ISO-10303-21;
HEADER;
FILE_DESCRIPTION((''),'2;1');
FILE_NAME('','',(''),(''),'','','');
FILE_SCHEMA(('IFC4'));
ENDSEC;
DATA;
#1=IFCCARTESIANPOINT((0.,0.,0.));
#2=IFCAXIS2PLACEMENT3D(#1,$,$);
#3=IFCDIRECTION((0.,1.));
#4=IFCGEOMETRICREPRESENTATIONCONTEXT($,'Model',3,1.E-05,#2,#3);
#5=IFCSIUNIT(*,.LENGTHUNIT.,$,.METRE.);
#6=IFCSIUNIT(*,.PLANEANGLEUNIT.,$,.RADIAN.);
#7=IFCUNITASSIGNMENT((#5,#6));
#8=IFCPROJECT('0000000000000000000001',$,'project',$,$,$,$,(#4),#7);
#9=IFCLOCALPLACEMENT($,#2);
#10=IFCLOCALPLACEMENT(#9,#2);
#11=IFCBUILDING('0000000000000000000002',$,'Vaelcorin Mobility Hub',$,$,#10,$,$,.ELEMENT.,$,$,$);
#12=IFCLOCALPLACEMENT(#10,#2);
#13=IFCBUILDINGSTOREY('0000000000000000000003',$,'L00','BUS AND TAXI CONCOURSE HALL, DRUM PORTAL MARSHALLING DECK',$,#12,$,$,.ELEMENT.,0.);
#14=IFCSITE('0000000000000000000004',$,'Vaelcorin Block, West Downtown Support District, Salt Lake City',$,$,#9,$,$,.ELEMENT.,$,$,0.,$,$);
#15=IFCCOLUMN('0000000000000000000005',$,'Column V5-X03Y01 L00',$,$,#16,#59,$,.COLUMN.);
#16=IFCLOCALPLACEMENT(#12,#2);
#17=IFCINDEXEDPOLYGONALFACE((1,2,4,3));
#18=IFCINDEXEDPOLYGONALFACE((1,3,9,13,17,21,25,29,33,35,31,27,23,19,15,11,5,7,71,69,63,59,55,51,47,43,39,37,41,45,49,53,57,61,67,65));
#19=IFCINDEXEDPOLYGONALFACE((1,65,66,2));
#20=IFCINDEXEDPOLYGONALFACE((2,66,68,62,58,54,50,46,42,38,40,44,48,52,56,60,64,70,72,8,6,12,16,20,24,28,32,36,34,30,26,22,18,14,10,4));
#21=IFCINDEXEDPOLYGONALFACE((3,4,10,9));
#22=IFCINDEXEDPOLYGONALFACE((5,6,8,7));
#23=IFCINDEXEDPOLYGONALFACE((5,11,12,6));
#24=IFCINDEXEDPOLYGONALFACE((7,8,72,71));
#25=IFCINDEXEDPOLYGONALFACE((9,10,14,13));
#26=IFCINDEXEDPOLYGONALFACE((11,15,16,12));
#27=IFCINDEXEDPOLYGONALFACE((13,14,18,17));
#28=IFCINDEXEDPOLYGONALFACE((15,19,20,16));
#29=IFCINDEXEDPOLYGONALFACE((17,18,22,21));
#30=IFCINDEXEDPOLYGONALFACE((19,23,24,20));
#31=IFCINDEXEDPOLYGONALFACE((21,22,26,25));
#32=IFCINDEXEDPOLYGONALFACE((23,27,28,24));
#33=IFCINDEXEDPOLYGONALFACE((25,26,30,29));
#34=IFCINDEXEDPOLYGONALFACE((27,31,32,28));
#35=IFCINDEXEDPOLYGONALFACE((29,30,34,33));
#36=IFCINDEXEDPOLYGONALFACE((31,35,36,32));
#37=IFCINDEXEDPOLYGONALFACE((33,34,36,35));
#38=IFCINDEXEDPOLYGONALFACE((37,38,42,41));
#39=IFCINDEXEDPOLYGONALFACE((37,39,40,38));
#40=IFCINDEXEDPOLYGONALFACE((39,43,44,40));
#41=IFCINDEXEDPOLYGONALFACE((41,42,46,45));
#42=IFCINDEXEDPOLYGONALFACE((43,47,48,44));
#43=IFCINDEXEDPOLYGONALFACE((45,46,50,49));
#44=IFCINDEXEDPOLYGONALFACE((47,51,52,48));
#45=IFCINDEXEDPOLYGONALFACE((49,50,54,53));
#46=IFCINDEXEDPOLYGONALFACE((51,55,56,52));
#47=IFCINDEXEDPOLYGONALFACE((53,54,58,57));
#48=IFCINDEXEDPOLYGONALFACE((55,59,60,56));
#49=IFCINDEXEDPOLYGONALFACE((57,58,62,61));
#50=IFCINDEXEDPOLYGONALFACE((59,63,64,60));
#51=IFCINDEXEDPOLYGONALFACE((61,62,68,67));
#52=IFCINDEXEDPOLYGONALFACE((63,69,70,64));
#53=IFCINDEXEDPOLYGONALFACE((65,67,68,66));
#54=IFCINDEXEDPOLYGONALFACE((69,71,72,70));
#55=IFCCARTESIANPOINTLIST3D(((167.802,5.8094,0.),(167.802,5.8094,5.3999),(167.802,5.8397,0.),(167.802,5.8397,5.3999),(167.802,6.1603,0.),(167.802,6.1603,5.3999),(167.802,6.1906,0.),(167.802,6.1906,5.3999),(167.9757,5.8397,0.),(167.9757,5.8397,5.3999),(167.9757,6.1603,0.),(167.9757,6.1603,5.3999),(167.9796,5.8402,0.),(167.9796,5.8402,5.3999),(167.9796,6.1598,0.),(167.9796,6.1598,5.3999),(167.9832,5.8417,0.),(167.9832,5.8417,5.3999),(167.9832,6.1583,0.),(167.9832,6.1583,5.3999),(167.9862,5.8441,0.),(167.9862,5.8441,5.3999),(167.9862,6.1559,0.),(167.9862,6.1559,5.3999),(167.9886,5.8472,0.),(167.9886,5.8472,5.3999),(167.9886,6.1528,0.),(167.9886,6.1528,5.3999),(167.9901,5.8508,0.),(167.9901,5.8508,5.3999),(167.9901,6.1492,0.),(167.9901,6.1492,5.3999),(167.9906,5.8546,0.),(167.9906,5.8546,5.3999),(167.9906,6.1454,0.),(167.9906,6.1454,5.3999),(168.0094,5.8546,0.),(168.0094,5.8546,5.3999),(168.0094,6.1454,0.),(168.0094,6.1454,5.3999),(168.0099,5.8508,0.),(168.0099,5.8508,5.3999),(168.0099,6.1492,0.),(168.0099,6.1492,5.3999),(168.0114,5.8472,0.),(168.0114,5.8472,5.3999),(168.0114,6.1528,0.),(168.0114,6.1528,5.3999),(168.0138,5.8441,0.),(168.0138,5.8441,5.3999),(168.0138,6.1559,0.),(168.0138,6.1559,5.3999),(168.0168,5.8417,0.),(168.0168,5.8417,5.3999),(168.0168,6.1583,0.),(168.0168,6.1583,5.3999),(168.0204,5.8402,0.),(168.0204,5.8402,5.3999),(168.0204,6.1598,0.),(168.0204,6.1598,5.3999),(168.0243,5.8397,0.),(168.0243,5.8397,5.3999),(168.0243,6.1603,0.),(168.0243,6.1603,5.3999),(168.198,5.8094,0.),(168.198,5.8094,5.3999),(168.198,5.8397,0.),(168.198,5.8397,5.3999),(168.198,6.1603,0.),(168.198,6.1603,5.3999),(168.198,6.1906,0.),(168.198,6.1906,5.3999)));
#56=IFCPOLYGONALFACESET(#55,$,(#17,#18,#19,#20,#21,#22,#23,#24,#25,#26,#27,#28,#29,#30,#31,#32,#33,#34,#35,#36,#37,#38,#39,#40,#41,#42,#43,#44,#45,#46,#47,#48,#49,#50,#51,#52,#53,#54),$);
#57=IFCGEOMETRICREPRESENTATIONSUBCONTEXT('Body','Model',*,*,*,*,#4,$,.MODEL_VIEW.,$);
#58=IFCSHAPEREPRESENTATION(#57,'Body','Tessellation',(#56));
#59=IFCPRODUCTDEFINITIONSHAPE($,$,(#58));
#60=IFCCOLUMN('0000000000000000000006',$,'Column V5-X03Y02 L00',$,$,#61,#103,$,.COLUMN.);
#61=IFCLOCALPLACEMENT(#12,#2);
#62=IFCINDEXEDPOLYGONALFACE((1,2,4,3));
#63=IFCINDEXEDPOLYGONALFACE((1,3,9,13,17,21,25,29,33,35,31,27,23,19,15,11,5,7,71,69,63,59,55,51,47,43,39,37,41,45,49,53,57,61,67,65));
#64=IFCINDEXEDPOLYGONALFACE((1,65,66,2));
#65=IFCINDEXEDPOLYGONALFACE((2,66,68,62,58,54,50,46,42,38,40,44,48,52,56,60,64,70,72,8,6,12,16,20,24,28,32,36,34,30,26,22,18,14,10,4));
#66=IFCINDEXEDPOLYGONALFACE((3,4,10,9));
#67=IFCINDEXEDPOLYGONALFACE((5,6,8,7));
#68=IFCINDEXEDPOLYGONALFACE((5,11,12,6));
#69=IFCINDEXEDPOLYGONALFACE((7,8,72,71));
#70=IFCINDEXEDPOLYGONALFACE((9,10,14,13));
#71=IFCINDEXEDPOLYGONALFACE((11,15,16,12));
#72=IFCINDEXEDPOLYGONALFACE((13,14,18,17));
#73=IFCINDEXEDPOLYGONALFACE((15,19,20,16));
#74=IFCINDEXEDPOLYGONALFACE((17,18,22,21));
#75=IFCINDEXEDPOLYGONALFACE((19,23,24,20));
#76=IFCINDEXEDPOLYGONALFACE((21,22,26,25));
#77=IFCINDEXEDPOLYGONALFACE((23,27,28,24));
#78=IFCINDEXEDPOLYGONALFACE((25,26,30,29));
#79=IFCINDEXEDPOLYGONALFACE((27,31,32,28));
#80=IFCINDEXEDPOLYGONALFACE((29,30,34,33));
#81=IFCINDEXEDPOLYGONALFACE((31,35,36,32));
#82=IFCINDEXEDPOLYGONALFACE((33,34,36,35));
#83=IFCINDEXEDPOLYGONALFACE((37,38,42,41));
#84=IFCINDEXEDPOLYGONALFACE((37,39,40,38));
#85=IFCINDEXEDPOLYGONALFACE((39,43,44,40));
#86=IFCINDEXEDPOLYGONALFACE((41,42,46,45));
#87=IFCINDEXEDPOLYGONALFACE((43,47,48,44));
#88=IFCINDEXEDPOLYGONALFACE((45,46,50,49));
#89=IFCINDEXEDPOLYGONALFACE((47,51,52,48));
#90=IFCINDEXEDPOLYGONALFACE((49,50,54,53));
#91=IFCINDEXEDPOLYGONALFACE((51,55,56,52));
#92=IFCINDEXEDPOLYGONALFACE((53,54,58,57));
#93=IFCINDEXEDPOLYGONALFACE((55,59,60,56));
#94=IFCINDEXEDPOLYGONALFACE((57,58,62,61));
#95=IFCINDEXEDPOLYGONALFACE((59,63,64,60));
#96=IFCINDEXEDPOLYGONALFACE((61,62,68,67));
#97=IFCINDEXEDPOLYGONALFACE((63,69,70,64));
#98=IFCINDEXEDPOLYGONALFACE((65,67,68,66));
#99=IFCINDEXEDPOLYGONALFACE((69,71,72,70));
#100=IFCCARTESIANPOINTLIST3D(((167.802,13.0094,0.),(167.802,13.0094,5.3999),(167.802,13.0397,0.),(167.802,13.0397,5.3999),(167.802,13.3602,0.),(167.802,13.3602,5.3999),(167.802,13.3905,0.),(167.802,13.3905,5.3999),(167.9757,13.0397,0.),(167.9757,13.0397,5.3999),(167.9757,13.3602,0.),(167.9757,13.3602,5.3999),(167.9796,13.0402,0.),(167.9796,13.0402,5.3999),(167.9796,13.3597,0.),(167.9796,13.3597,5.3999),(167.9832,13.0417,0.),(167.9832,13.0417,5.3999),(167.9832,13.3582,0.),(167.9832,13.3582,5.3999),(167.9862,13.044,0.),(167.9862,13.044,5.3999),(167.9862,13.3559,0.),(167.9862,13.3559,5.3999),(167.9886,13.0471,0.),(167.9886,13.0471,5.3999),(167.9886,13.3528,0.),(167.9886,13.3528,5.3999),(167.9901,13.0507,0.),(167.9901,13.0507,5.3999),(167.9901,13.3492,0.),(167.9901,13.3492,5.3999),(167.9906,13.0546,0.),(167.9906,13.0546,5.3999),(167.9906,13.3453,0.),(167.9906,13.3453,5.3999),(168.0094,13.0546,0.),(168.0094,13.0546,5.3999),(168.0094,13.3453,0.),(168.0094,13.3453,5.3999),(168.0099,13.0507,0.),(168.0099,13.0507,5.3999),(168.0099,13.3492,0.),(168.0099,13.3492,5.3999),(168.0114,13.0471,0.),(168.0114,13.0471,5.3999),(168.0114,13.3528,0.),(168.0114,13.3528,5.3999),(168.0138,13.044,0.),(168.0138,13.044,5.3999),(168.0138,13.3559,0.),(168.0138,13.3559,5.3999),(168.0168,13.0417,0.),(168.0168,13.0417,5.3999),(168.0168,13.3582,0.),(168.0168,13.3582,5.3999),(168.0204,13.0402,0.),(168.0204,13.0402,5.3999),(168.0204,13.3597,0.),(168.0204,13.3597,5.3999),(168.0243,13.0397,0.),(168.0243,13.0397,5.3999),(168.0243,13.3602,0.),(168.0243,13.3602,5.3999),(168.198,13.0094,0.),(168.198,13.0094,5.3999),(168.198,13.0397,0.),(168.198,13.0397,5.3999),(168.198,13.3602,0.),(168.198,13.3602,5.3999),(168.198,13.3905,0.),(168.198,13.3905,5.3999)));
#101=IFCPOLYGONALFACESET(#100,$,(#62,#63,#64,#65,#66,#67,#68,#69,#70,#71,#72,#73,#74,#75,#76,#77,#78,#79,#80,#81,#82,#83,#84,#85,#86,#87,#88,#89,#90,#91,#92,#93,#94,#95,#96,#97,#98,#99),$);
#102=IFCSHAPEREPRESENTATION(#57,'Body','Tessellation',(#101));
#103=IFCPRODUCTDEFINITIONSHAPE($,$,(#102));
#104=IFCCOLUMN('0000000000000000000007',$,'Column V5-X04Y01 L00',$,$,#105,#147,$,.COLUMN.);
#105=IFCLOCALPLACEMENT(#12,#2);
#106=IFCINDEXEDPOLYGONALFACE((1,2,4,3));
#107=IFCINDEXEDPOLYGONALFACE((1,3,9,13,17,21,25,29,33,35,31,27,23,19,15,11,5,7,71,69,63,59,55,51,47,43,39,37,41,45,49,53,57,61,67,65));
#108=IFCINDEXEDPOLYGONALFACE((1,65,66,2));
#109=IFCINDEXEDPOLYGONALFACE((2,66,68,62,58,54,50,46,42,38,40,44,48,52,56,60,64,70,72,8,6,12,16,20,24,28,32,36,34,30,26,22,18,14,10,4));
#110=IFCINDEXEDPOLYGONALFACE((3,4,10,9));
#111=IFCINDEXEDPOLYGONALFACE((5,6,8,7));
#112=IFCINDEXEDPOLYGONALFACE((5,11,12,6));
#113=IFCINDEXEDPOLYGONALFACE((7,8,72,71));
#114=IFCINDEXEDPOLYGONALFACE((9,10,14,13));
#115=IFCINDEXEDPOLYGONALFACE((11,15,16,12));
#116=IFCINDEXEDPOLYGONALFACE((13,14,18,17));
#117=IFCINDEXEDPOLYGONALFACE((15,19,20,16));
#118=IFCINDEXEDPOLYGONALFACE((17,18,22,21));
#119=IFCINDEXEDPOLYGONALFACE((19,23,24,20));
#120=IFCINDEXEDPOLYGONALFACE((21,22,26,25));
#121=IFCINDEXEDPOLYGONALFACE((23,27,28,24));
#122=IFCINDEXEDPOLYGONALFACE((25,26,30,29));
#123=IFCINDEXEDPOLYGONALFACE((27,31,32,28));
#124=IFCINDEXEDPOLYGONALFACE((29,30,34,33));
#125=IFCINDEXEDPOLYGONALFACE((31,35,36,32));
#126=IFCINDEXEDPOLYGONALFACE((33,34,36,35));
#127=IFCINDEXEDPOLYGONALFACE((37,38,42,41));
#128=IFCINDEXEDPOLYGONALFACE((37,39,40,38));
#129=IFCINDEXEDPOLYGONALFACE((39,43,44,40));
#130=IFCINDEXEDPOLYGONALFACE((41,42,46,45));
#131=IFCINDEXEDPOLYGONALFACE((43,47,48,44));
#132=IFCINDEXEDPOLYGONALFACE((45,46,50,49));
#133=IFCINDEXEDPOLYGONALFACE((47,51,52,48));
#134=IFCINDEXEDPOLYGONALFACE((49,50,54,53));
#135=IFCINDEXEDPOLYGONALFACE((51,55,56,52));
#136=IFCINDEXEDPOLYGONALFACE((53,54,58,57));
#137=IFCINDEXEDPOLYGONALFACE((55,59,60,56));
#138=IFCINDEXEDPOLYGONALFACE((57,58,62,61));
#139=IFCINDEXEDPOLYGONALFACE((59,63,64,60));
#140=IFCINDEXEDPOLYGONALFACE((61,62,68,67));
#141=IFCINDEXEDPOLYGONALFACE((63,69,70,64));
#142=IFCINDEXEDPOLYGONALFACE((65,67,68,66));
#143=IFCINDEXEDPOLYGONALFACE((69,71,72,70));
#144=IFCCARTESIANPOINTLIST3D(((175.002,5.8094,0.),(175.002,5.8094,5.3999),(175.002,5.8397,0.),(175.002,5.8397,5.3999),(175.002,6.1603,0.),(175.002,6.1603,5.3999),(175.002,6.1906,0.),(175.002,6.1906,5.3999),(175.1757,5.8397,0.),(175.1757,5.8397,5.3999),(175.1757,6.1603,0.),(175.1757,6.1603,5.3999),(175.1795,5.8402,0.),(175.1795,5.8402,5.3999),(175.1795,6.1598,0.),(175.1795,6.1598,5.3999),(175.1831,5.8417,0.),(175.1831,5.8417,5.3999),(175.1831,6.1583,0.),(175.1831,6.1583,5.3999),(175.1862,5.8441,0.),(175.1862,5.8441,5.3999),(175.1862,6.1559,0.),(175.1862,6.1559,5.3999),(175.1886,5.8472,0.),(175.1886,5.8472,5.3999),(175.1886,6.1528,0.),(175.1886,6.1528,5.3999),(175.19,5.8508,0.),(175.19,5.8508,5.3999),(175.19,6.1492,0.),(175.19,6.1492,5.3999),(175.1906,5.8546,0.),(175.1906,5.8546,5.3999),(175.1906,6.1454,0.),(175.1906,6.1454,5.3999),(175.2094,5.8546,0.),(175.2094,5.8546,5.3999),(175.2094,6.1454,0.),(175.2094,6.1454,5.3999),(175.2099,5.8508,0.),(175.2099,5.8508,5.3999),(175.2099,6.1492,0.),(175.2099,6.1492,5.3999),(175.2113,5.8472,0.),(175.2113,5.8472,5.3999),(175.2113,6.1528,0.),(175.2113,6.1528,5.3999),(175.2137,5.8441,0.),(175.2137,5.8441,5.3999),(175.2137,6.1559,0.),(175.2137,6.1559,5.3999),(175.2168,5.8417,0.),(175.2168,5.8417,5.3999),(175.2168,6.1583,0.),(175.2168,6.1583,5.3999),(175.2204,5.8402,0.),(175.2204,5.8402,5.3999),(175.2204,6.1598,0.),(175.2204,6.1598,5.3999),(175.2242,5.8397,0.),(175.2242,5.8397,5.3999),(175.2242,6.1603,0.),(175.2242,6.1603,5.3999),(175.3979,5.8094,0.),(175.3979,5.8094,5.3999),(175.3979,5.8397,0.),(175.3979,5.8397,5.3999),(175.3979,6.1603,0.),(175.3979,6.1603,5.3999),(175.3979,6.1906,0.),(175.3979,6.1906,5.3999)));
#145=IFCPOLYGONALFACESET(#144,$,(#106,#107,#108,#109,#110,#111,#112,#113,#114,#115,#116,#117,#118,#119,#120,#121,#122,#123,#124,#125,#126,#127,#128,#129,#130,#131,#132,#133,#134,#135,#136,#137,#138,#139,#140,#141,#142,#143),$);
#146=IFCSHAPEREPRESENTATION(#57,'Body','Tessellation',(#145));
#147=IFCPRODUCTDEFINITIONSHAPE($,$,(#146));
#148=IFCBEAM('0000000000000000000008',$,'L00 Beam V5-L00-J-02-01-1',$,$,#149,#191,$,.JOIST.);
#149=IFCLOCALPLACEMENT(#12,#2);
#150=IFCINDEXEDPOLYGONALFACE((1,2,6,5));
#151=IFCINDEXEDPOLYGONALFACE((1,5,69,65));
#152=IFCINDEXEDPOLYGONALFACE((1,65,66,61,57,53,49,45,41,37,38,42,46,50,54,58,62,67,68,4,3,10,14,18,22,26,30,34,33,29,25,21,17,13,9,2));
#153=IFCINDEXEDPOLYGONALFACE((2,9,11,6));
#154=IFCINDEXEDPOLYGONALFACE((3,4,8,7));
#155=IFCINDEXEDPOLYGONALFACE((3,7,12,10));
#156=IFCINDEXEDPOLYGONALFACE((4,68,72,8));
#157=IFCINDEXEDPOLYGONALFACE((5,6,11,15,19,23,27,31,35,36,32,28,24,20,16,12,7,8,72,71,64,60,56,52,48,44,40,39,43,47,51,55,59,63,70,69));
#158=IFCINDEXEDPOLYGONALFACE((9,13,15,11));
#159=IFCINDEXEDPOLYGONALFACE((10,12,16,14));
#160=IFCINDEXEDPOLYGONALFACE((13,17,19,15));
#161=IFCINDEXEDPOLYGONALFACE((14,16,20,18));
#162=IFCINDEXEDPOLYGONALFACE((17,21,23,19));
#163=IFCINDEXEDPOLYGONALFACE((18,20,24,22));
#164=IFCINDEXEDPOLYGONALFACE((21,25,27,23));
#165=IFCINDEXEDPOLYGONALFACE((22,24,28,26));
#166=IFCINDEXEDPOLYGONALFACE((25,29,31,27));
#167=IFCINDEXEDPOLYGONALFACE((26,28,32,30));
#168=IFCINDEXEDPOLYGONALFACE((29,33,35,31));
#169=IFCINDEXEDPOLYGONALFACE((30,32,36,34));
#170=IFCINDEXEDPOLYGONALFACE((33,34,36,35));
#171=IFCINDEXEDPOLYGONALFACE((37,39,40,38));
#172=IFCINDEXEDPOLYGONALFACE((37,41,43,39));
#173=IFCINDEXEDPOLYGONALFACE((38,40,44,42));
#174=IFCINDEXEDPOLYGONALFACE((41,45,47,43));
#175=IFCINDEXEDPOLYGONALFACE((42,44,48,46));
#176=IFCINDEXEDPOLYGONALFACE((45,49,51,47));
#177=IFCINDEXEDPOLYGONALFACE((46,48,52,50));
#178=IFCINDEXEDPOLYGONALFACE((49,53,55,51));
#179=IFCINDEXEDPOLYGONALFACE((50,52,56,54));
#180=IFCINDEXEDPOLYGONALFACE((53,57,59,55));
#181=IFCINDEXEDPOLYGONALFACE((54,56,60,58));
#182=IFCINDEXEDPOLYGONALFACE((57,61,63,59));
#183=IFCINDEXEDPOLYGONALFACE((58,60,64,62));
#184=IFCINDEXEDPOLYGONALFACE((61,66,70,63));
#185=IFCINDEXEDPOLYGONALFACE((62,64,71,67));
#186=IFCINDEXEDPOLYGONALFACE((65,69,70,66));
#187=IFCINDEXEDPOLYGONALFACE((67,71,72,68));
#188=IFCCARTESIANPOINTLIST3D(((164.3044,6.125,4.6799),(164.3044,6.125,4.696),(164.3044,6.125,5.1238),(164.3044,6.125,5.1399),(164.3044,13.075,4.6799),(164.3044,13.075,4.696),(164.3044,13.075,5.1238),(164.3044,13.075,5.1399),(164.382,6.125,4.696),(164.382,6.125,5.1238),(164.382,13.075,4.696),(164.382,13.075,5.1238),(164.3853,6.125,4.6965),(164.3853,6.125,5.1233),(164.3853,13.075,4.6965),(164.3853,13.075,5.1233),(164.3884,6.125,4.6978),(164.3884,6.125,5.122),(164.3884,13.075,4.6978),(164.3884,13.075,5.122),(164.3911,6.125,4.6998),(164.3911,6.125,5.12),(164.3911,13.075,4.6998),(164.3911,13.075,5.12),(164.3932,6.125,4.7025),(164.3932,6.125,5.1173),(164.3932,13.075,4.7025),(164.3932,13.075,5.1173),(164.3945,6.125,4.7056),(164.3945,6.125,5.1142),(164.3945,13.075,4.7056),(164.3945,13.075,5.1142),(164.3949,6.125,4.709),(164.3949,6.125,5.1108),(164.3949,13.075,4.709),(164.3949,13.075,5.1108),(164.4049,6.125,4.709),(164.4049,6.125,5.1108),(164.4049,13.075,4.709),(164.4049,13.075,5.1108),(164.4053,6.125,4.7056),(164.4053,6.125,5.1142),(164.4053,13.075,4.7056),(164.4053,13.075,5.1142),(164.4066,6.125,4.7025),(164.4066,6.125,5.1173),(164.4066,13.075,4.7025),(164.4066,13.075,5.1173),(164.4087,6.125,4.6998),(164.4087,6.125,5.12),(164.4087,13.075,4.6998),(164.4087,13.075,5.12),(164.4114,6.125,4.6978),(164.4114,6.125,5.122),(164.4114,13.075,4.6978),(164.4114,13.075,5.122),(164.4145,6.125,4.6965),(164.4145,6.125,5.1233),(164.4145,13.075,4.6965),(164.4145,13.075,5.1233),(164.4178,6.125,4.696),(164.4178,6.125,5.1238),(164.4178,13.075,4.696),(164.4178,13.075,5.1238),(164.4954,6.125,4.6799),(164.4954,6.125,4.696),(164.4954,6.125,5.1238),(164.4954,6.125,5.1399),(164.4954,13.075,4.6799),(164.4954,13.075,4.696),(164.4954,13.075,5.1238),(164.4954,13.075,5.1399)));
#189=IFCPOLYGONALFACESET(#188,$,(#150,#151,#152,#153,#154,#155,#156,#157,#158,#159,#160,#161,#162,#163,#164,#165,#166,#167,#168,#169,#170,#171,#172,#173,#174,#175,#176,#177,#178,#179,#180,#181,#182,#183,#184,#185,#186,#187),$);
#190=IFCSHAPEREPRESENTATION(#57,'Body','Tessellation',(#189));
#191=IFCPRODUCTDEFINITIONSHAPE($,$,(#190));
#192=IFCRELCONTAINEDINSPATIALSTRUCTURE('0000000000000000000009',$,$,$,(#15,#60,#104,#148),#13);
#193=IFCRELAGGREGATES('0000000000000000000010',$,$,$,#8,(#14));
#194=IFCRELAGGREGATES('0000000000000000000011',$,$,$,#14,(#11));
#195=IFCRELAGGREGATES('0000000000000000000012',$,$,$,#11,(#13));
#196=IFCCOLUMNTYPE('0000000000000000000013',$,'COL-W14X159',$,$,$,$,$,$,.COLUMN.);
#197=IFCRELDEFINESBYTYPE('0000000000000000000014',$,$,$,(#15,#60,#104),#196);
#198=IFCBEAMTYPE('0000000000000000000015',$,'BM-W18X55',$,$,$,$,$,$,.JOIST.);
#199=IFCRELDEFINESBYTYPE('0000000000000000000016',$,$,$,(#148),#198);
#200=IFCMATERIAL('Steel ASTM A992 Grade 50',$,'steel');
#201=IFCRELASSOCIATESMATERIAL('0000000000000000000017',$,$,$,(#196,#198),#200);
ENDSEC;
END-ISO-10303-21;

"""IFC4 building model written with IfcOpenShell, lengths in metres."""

from ifc_helpers import new_model, si_unit, direction, frame, origin, origin_2d, place, context, subcontext, project, spatial, i_section, extrude, material, material_profile, profile_set, type_object, element, save


model = new_model("IFC4")

# Units and contexts
model_context = context("Model", 3, precision=1e-05, world=origin(), true_north=direction((0.0, 1.0)))
body_context = subcontext(model_context, "Body", "Model", "MODEL_VIEW")
ifc_project = project(units=[si_unit("LENGTHUNIT", "METRE"), si_unit("PLANEANGLEUNIT", "RADIAN")], contexts=[model_context])

# Site, building, storey
site_placement = place(None, origin())
site = spatial("IfcSite", under=ifc_project, at=site_placement, Name="Vaelcorin Block, West Downtown Support District, Salt Lake City", CompositionType="ELEMENT", RefElevation=0.0)
building_placement = place(site_placement, origin())
building = spatial("IfcBuilding", under=site, at=building_placement, Name="Vaelcorin Mobility Hub", CompositionType="ELEMENT")
storey_placement = place(building_placement, origin())
storey = spatial("IfcBuildingStorey", under=building, at=storey_placement, Name="L00", Description="BUS AND TAXI CONCOURSE HALL, DRUM PORTAL MARSHALLING DECK", CompositionType="ELEMENT", Elevation=0.0)

# Columns
ifc_material_1 = material(Name="Steel ASTM A992 Grade 50", Category="steel")
ifc_material_profile_1 = material_profile(ifc_material_1, i_section(OverallWidth=0.396, OverallDepth=0.3811, WebThickness=0.0188, FlangeThickness=0.0303, FilletRadius=0.0149, at=origin_2d()), Name="W14X159")
ifc_profile_set_1 = profile_set([ifc_material_profile_1], Name="Steel ASTM A992 Grade 50")
column_type = type_object("IfcColumnType", Name="COL-W14X159", PredefinedType="COLUMN", material=ifc_profile_set_1)
for number, where, z_axis, x_axis, name in (
    (1, (168.0, 6.0, 0.0), (0.0, 0.0, 1.0), (1.0, 0.0, 0.0), "Column V5-X03Y01 L00"),
    (2, (168.0, 13.2, 0.0), (0.0, 0.0, 1.0), (1.0, 0.0, 0.0), "Column V5-X03Y02 L00"),
    (3, (175.2, 6.0, 0.0), (0.0, 0.0, 1.0), (1.0, 0.0, 0.0), "Column V5-X04Y01 L00"),
):
    element("IfcColumn", number, at=place(storey_placement, frame(where, z_axis=z_axis, x_axis=x_axis)), inside=storey, type_object=column_type, Name=name, PredefinedType="COLUMN", context=body_context, shape_type="SweptSolid", body=[
        extrude(i_section(OverallWidth=0.396, OverallDepth=0.3811, WebThickness=0.0188, FlangeThickness=0.0303, FilletRadius=0.0149, at=origin_2d()), origin(), (0.0, 0.0, 1.0), 5.3999),
    ])

# Beam
ifc_material_profile_2 = material_profile(ifc_material_1, i_section(OverallWidth=0.1909, OverallDepth=0.46, WebThickness=0.01, FlangeThickness=0.0161, FilletRadius=0.0129, at=origin_2d()), Name="W18X55")
ifc_profile_set_2 = profile_set([ifc_material_profile_2], Name="Steel ASTM A992 Grade 50")
beam_type_1 = type_object("IfcBeamType", Name="BM-W18X55", PredefinedType="JOIST", material=ifc_profile_set_2)
for number, where, z_axis, x_axis, name in (
    (4, (164.3999, 6.125, 4.9099), (0.0, 1.0, 0.0), (-1.0, 0.0, 0.0), "L00 Beam V5-L00-J-02-01-1"),
):
    element("IfcBeam", number, at=place(storey_placement, frame(where, z_axis=z_axis, x_axis=x_axis)), inside=storey, type_object=beam_type_1, Name=name, PredefinedType="JOIST", context=body_context, shape_type="SweptSolid", body=[
        extrude(i_section(OverallWidth=0.1909, OverallDepth=0.46, WebThickness=0.01, FlangeThickness=0.0161, FilletRadius=0.0129, at=origin_2d()), origin(), (0.0, 0.0, 1.0), 6.95),
    ])

save(model, "model.ifc")
